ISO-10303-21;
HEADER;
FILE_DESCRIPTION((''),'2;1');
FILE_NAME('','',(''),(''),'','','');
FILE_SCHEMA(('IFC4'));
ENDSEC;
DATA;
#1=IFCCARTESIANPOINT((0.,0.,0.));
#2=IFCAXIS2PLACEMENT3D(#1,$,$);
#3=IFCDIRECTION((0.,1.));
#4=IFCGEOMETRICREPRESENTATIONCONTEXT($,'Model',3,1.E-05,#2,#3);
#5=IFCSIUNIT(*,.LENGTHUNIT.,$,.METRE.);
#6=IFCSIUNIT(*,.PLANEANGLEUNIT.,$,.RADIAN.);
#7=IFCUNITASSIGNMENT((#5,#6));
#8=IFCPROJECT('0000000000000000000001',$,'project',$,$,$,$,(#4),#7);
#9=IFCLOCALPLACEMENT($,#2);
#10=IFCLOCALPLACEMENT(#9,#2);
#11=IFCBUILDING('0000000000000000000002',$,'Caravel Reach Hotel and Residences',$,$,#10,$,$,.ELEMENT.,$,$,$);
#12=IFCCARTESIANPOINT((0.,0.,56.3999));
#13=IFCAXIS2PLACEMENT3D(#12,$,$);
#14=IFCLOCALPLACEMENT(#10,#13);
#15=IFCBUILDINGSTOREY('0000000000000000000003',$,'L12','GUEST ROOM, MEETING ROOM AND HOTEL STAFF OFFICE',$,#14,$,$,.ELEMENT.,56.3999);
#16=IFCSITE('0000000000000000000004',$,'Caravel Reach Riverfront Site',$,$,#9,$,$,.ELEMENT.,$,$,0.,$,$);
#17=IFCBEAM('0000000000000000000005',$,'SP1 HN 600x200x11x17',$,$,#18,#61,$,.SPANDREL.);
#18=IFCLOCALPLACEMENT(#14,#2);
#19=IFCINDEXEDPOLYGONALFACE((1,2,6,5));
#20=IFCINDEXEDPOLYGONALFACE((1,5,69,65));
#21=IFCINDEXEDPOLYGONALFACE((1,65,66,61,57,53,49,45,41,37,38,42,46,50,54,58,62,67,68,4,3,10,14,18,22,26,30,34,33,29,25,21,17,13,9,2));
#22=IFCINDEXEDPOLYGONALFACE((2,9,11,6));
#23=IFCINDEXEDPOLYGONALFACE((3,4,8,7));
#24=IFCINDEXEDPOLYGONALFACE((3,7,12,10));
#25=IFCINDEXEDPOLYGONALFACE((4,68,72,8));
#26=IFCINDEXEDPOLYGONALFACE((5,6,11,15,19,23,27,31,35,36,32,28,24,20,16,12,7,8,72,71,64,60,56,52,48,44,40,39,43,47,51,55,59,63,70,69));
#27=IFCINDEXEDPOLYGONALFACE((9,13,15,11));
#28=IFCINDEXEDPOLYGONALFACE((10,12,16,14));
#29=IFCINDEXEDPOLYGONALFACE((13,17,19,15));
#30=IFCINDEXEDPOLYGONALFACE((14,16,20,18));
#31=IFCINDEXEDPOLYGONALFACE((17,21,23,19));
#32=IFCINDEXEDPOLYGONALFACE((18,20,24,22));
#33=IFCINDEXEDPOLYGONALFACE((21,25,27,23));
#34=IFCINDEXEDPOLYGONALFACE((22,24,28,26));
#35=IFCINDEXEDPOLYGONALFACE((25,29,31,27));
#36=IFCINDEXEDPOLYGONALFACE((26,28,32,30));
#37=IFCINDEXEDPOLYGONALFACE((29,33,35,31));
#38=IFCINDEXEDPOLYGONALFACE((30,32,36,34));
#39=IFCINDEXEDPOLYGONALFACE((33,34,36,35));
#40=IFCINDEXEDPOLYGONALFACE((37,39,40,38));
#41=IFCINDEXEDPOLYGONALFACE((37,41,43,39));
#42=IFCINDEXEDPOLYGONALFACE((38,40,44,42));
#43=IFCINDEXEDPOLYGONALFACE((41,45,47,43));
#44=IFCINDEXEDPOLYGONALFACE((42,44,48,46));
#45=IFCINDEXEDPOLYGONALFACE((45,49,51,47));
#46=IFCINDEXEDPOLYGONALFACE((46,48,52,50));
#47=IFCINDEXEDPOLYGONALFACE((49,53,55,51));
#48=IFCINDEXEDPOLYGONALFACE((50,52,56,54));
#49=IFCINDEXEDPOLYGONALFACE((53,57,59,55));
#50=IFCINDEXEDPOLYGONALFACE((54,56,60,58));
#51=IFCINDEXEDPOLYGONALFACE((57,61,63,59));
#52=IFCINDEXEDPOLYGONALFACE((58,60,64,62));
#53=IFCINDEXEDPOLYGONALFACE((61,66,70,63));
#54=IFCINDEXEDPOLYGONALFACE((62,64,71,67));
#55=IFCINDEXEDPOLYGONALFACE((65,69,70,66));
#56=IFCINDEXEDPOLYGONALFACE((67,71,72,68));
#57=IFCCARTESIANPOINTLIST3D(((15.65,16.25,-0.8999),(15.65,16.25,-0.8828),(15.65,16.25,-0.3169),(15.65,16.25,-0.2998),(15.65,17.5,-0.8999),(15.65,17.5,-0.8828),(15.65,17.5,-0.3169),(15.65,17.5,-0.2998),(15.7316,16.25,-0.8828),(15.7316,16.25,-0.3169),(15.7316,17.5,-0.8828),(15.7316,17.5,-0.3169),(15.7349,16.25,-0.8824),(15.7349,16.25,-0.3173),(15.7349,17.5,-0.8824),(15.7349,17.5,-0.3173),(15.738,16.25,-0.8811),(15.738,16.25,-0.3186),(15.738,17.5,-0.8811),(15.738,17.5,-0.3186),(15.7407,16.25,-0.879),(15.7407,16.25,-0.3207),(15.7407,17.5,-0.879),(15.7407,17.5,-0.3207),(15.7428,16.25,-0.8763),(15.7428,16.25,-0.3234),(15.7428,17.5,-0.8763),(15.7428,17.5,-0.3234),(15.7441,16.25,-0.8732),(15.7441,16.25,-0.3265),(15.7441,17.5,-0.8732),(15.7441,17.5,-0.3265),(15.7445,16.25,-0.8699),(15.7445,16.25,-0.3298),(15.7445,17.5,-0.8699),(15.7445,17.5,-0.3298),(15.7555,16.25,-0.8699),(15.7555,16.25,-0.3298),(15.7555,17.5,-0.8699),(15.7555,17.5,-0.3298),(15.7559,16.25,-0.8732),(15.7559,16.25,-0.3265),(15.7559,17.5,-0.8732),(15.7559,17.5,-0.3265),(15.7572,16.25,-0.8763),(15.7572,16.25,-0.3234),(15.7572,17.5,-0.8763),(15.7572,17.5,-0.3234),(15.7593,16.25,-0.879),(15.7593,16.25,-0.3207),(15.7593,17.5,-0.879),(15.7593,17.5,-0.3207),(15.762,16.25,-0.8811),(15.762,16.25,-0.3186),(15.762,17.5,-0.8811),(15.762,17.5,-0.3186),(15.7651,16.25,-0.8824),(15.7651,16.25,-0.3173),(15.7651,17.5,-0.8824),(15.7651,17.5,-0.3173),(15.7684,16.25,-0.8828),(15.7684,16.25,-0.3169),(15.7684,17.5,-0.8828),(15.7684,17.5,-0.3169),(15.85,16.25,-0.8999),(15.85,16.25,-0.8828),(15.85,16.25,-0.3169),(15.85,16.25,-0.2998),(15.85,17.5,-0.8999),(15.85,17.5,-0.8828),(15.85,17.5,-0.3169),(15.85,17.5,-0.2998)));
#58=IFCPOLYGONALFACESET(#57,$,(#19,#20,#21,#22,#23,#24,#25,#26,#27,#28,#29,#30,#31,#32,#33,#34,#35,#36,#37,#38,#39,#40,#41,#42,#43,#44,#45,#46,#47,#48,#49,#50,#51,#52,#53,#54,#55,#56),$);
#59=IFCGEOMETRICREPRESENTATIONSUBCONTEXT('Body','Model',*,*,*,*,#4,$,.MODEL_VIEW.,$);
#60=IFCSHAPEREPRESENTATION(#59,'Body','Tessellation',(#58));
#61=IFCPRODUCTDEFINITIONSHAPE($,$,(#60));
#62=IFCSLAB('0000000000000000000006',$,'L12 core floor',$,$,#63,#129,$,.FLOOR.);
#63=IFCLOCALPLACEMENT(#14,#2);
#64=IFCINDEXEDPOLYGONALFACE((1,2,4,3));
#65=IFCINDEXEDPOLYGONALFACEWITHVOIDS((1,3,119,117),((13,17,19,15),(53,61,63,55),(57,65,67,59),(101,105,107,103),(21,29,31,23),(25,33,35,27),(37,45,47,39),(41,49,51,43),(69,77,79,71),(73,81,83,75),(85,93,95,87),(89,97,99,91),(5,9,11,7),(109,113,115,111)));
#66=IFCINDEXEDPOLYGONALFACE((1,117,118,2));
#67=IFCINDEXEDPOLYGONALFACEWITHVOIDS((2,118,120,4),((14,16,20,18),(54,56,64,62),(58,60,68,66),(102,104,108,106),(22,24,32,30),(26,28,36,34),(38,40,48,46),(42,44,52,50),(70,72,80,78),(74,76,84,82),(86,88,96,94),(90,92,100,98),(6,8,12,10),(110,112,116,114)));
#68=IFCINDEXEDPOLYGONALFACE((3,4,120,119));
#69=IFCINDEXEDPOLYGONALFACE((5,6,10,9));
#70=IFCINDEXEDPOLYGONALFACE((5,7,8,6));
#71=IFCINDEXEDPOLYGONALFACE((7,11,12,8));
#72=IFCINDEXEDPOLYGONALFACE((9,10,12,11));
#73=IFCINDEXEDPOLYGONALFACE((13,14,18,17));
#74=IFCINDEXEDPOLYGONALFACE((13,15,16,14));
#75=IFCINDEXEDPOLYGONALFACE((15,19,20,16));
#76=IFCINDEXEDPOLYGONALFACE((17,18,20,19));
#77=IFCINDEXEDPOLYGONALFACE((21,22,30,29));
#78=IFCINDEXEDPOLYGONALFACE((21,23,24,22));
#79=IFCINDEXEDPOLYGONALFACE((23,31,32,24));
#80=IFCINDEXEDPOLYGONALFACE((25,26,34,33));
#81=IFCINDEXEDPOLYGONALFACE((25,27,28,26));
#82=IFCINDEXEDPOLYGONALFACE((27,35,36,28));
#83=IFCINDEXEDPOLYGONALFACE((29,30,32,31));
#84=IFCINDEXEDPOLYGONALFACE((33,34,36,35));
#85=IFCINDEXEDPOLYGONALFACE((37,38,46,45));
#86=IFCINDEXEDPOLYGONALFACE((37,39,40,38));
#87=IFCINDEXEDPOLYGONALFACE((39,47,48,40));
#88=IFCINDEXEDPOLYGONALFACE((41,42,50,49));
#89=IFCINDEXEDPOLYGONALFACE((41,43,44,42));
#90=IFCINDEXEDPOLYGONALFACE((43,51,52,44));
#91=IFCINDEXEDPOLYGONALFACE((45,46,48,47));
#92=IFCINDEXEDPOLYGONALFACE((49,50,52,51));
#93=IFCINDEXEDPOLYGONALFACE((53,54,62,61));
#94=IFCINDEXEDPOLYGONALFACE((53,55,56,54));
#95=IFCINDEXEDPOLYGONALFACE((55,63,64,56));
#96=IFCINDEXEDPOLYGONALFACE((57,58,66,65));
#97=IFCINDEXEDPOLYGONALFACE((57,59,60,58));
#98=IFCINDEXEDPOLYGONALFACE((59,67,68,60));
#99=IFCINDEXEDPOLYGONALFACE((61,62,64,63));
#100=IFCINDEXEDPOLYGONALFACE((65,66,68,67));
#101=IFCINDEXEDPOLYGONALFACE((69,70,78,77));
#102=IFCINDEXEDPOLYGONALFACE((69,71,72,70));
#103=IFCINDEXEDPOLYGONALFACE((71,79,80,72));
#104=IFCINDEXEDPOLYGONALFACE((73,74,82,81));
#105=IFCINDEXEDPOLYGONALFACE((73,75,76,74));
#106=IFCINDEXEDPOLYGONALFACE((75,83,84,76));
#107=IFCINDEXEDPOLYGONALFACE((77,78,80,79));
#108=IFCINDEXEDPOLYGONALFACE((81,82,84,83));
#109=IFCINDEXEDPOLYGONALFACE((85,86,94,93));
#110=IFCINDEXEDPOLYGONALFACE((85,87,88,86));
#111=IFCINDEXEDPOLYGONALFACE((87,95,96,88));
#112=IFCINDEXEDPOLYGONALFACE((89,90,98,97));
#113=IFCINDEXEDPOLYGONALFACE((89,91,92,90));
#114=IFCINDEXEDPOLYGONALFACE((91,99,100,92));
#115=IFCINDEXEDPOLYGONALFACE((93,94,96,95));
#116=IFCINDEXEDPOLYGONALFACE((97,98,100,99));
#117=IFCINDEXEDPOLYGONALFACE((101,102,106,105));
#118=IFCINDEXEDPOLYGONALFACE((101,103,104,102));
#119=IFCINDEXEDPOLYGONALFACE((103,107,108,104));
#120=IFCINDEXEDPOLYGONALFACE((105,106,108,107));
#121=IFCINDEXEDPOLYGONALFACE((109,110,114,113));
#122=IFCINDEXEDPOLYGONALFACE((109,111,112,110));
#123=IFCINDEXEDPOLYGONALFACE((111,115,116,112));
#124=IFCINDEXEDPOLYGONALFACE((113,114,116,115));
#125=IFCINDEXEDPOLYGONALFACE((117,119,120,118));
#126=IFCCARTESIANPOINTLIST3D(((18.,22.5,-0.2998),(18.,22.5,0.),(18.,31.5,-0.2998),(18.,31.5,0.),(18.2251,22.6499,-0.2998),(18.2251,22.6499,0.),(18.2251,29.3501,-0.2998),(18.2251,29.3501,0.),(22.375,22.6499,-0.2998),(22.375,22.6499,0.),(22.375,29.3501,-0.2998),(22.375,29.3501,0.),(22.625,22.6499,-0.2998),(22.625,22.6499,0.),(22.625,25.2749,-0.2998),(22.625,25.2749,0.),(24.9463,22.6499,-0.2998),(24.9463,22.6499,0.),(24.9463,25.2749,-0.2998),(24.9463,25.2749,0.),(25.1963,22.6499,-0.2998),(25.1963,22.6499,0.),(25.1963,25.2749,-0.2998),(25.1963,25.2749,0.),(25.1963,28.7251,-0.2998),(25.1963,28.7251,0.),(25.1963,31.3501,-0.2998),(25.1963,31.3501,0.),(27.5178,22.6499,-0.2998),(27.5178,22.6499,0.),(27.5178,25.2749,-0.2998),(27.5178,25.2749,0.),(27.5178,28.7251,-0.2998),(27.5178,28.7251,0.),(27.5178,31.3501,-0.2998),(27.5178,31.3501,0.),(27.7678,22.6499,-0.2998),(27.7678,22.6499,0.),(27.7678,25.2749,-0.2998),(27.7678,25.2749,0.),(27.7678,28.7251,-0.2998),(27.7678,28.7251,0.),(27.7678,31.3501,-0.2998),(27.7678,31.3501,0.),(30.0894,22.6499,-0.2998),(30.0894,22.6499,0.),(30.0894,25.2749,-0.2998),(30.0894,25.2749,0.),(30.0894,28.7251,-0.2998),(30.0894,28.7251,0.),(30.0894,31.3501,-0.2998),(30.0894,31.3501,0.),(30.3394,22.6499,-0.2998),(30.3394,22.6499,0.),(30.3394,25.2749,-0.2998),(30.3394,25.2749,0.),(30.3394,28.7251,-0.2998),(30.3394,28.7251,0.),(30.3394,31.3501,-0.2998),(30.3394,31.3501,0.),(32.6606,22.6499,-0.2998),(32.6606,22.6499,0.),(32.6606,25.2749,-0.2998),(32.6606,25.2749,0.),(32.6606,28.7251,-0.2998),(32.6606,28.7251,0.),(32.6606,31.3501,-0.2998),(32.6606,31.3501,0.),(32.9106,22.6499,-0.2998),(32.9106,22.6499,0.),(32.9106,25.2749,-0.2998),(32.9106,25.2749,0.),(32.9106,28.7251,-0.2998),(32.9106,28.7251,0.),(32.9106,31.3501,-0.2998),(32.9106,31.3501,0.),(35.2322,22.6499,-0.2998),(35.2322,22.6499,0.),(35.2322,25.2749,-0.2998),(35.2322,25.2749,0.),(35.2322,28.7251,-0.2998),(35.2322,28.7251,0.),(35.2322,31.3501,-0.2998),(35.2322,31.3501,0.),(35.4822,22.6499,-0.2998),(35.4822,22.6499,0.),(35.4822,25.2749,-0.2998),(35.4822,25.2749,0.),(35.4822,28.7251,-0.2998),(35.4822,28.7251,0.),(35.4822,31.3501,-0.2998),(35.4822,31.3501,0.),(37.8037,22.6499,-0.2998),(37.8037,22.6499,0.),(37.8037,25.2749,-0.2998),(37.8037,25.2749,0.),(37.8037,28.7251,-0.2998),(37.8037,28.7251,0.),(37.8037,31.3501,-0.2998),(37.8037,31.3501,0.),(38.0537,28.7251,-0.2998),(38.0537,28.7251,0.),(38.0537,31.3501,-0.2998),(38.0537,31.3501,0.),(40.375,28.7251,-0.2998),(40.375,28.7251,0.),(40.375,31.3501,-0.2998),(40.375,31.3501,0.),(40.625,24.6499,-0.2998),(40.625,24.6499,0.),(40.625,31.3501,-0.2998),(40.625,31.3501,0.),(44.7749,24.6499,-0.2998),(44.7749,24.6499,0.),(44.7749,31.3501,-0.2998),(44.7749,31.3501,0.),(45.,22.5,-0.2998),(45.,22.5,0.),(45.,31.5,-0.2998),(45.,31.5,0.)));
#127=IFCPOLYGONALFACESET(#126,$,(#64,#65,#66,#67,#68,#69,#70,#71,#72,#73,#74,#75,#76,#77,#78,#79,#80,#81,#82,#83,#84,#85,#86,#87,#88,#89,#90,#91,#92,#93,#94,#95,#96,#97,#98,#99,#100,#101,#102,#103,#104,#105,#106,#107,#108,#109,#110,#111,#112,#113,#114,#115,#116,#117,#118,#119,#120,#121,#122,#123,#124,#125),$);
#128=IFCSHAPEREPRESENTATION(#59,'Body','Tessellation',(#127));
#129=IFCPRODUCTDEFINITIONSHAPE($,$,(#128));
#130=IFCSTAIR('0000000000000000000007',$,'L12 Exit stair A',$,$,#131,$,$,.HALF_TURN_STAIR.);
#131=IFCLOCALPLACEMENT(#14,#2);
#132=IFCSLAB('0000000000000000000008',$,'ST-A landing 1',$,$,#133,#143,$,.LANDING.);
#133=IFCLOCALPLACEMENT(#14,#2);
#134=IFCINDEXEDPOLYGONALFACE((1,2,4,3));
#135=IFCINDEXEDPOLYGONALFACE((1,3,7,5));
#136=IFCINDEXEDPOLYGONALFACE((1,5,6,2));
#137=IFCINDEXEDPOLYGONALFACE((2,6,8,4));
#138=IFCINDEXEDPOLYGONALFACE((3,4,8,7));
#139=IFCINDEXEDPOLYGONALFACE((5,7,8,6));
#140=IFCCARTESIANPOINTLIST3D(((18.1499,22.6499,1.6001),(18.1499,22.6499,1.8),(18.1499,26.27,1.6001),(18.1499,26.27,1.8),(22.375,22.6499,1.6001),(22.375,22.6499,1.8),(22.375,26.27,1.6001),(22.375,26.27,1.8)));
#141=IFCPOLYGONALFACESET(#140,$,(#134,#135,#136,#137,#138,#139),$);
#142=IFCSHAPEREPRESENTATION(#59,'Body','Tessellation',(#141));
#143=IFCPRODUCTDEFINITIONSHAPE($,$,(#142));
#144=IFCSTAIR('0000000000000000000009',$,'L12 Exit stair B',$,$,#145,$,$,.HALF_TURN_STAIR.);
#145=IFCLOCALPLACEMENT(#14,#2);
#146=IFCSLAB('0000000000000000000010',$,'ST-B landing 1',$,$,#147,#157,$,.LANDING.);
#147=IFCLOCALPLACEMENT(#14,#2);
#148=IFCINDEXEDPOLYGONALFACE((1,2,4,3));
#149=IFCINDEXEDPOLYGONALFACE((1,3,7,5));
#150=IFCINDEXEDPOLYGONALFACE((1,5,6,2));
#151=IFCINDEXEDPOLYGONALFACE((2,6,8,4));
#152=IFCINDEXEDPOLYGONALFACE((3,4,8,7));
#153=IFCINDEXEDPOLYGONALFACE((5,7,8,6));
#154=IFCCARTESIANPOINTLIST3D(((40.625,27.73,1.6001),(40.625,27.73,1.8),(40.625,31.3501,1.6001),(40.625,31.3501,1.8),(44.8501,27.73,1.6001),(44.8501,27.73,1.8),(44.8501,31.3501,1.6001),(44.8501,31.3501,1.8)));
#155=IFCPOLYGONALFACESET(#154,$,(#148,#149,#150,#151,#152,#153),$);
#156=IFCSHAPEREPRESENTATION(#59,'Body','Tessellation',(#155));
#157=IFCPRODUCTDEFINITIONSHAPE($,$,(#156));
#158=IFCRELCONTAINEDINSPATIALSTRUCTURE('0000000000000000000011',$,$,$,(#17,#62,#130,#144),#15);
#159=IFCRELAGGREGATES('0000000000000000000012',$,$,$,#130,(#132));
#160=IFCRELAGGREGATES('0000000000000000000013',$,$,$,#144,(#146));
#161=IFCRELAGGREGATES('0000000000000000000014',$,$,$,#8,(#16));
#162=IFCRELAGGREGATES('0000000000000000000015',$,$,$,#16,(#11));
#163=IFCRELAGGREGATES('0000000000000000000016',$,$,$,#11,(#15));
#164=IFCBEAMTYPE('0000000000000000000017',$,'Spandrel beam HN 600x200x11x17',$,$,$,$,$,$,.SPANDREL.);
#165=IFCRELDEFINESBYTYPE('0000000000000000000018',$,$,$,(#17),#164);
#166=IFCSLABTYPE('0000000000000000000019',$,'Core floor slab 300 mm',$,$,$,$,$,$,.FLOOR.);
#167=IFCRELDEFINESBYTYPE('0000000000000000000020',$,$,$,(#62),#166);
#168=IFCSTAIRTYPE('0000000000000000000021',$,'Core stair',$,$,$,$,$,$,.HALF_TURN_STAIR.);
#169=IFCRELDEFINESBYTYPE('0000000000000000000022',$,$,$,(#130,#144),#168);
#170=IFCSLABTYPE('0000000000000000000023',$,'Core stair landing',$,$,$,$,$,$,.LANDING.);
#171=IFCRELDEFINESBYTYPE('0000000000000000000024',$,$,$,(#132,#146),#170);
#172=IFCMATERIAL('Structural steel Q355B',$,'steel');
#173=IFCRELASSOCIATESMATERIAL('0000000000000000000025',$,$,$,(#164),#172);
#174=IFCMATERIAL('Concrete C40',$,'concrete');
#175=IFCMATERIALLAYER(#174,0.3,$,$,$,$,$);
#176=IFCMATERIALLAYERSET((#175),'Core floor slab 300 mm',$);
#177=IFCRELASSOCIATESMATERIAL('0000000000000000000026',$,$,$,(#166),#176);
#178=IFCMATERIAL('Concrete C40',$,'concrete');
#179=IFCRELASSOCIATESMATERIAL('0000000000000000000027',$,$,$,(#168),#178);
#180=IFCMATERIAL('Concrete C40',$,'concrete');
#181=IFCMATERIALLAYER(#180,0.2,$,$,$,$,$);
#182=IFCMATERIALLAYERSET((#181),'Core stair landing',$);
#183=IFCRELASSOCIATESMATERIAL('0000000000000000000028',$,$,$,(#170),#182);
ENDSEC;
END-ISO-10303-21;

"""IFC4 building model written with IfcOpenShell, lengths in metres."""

from ifc_helpers import new_model, si_unit, direction, frame, origin, origin_2d, place, context, subcontext, project, spatial, polyline, i_section, outline, extrude, material, layer, layer_set, material_profile, profile_set, type_object, element, aggregate, save


model = new_model("IFC4")

# Units and contexts
model_context = context("Model", 3, precision=1e-05, world=origin(), true_north=direction((0.0, 1.0)))
body_context = subcontext(model_context, "Body", "Model", "MODEL_VIEW")
ifc_project = project(units=[si_unit("LENGTHUNIT", "METRE"), si_unit("PLANEANGLEUNIT", "RADIAN")], contexts=[model_context])

# Site, building, storey
site_placement = place(None, origin())
site = spatial("IfcSite", under=ifc_project, at=site_placement, Name="Caravel Reach Riverfront Site", CompositionType="ELEMENT", RefElevation=0.0)
building_placement = place(site_placement, origin())
building = spatial("IfcBuilding", under=site, at=building_placement, Name="Caravel Reach Hotel and Residences", CompositionType="ELEMENT")
storey_placement = place(building_placement, frame((0.0, 0.0, 56.3999)))
storey = spatial("IfcBuildingStorey", under=building, at=storey_placement, Name="L12", Description="GUEST ROOM, MEETING ROOM AND HOTEL STAFF OFFICE", CompositionType="ELEMENT", Elevation=56.3999)

# Beam
ifc_material_1 = material(Name="Structural steel Q355B", Category="steel")
ifc_material_profile_1 = material_profile(ifc_material_1, i_section(OverallWidth=0.2, OverallDepth=0.6001, WebThickness=0.011, FlangeThickness=0.0171, FilletRadius=0.0129, at=origin_2d()), Name="HN 600x200x11x17")
ifc_profile_set_1 = profile_set([ifc_material_profile_1], Name="Structural steel Q355B")
beam_type = type_object("IfcBeamType", Name="Spandrel beam HN 600x200x11x17", PredefinedType="SPANDREL", material=ifc_profile_set_1)
for number, where, z_axis, x_axis, name in (
    (1, (15.75, 17.5, -0.5999), (0.0, -1.0, 0.0), (1.0, 0.0, 0.0), "SP1 HN 600x200x11x17"),
):
    element("IfcBeam", number, at=place(storey_placement, frame(where, z_axis=z_axis, x_axis=x_axis)), inside=storey, type_object=beam_type, Name=name, PredefinedType="SPANDREL", context=body_context, shape_type="SweptSolid", body=[
        extrude(i_section(OverallWidth=0.2, OverallDepth=0.6001, WebThickness=0.011, FlangeThickness=0.0171, FilletRadius=0.0129, at=origin_2d()), origin(), (0.0, 0.0, 1.0), 1.25),
    ])

# Slab
ifc_material_2 = material(Name="Concrete C40", Category="concrete")
ifc_layer_1 = layer(ifc_material_2, 0.3)
ifc_layer_set_1 = layer_set([ifc_layer_1], Name="Core floor slab 300 mm")
slab_type_1 = type_object("IfcSlabType", Name="Core floor slab 300 mm", PredefinedType="FLOOR", material=ifc_layer_set_1)
slab_1_placement = place(storey_placement, frame((0.0, 0.0, -0.2998)))
element("IfcSlab", 2, at=slab_1_placement, inside=storey, type_object=slab_type_1, Name="L12 core floor", PredefinedType="FLOOR", context=body_context, shape_type="SweptSolid", body=[
    extrude(outline(polyline([(18.0, 31.5), (45.0, 31.5), (45.0, 22.5), (18.0, 22.5), (18.0, 31.5)]), holes=[polyline([(22.625, 25.2749), (22.625, 22.6499), (24.9463, 22.6499), (24.9463, 25.2749), (22.625, 25.2749)]), polyline([(27.5178, 25.2749), (25.1963, 25.2749), (25.1963, 22.6499), (27.5178, 22.6499), (27.5178, 25.2749)]), polyline([(30.0894, 25.2749), (27.7678, 25.2749), (27.7678, 22.6499), (30.0894, 22.6499), (30.0894, 25.2749)]), polyline([(32.6606, 25.2749), (30.3394, 25.2749), (30.3394, 22.6499), (32.6606, 22.6499), (32.6606, 25.2749)]), polyline([(18.2251, 22.6499), (22.375, 22.6499), (22.375, 29.3501), (18.2251, 29.3501), (18.2251, 22.6499)]), polyline([(27.5178, 31.3501), (25.1963, 31.3501), (25.1963, 28.7251), (27.5178, 28.7251), (27.5178, 31.3501)]), polyline([(30.0894, 31.3501), (27.7678, 31.3501), (27.7678, 28.7251), (30.0894, 28.7251), (30.0894, 31.3501)]), polyline([(32.9106, 25.2749), (32.9106, 22.6499), (35.2322, 22.6499), (35.2322, 25.2749), (32.9106, 25.2749)]), polyline([(37.8037, 25.2749), (35.4822, 25.2749), (35.4822, 22.6499), (37.8037, 22.6499), (37.8037, 25.2749)]), polyline([(44.7749, 31.3501), (40.625, 31.3501), (40.625, 24.6499), (44.7749, 24.6499), (44.7749, 31.3501)]), polyline([(32.6606, 31.3501), (30.3394, 31.3501), (30.3394, 28.7251), (32.6606, 28.7251), (32.6606, 31.3501)]), polyline([(35.2322, 31.3501), (32.9106, 31.3501), (32.9106, 28.7251), (35.2322, 28.7251), (35.2322, 31.3501)]), polyline([(37.8037, 31.3501), (35.4822, 31.3501), (35.4822, 28.7251), (37.8037, 28.7251), (37.8037, 31.3501)]), polyline([(40.375, 31.3501), (38.0537, 31.3501), (38.0537, 28.7251), (40.375, 28.7251), (40.375, 31.3501)])]), origin(), (0.0, 0.0, 1.0), 0.2998),
])

# Stairs, slabs
ifc_material_3 = material(Name="Concrete C40", Category="concrete")
stair_type = type_object("IfcStairType", Name="Core stair", PredefinedType="HALF_TURN_STAIR", material=ifc_material_3)
stair_1_placement = place(storey_placement, origin())
stair_1 = element("IfcStair", 3, at=stair_1_placement, inside=storey, type_object=stair_type, Name="L12 Exit stair A", PredefinedType="HALF_TURN_STAIR")
ifc_material_4 = material(Name="Concrete C40", Category="concrete")
ifc_layer_2 = layer(ifc_material_4, 0.2)
ifc_layer_set_2 = layer_set([ifc_layer_2], Name="Core stair landing")
slab_type_2 = type_object("IfcSlabType", Name="Core stair landing", PredefinedType="LANDING", material=ifc_layer_set_2)
slab_2_placement = place(storey_placement, frame((0.0, 0.0, 1.6001)))
slab_2 = element("IfcSlab", 4, at=slab_2_placement, type_object=slab_type_2, Name="ST-A landing 1", PredefinedType="LANDING", context=body_context, shape_type="SweptSolid", body=[
    extrude(outline(polyline([(18.1499, 26.27), (18.1499, 22.6499), (22.375, 22.6499), (22.375, 26.27), (18.1499, 26.27)])), origin(), (0.0, 0.0, 1.0), 0.2),
])
aggregate(stair_1, [slab_2])
stair_2_placement = place(storey_placement, origin())
stair_2 = element("IfcStair", 5, at=stair_2_placement, inside=storey, type_object=stair_type, Name="L12 Exit stair B", PredefinedType="HALF_TURN_STAIR")
slab_3_placement = place(storey_placement, frame((0.0, 0.0, 1.6001)))
slab_3 = element("IfcSlab", 6, at=slab_3_placement, type_object=slab_type_2, Name="ST-B landing 1", PredefinedType="LANDING", context=body_context, shape_type="SweptSolid", body=[
    extrude(outline(polyline([(44.8501, 27.73), (44.8501, 31.3501), (40.625, 31.3501), (40.625, 27.73), (44.8501, 27.73)])), origin(), (0.0, 0.0, 1.0), 0.2),
])
aggregate(stair_2, [slab_3])

save(model, "model.ifc")
